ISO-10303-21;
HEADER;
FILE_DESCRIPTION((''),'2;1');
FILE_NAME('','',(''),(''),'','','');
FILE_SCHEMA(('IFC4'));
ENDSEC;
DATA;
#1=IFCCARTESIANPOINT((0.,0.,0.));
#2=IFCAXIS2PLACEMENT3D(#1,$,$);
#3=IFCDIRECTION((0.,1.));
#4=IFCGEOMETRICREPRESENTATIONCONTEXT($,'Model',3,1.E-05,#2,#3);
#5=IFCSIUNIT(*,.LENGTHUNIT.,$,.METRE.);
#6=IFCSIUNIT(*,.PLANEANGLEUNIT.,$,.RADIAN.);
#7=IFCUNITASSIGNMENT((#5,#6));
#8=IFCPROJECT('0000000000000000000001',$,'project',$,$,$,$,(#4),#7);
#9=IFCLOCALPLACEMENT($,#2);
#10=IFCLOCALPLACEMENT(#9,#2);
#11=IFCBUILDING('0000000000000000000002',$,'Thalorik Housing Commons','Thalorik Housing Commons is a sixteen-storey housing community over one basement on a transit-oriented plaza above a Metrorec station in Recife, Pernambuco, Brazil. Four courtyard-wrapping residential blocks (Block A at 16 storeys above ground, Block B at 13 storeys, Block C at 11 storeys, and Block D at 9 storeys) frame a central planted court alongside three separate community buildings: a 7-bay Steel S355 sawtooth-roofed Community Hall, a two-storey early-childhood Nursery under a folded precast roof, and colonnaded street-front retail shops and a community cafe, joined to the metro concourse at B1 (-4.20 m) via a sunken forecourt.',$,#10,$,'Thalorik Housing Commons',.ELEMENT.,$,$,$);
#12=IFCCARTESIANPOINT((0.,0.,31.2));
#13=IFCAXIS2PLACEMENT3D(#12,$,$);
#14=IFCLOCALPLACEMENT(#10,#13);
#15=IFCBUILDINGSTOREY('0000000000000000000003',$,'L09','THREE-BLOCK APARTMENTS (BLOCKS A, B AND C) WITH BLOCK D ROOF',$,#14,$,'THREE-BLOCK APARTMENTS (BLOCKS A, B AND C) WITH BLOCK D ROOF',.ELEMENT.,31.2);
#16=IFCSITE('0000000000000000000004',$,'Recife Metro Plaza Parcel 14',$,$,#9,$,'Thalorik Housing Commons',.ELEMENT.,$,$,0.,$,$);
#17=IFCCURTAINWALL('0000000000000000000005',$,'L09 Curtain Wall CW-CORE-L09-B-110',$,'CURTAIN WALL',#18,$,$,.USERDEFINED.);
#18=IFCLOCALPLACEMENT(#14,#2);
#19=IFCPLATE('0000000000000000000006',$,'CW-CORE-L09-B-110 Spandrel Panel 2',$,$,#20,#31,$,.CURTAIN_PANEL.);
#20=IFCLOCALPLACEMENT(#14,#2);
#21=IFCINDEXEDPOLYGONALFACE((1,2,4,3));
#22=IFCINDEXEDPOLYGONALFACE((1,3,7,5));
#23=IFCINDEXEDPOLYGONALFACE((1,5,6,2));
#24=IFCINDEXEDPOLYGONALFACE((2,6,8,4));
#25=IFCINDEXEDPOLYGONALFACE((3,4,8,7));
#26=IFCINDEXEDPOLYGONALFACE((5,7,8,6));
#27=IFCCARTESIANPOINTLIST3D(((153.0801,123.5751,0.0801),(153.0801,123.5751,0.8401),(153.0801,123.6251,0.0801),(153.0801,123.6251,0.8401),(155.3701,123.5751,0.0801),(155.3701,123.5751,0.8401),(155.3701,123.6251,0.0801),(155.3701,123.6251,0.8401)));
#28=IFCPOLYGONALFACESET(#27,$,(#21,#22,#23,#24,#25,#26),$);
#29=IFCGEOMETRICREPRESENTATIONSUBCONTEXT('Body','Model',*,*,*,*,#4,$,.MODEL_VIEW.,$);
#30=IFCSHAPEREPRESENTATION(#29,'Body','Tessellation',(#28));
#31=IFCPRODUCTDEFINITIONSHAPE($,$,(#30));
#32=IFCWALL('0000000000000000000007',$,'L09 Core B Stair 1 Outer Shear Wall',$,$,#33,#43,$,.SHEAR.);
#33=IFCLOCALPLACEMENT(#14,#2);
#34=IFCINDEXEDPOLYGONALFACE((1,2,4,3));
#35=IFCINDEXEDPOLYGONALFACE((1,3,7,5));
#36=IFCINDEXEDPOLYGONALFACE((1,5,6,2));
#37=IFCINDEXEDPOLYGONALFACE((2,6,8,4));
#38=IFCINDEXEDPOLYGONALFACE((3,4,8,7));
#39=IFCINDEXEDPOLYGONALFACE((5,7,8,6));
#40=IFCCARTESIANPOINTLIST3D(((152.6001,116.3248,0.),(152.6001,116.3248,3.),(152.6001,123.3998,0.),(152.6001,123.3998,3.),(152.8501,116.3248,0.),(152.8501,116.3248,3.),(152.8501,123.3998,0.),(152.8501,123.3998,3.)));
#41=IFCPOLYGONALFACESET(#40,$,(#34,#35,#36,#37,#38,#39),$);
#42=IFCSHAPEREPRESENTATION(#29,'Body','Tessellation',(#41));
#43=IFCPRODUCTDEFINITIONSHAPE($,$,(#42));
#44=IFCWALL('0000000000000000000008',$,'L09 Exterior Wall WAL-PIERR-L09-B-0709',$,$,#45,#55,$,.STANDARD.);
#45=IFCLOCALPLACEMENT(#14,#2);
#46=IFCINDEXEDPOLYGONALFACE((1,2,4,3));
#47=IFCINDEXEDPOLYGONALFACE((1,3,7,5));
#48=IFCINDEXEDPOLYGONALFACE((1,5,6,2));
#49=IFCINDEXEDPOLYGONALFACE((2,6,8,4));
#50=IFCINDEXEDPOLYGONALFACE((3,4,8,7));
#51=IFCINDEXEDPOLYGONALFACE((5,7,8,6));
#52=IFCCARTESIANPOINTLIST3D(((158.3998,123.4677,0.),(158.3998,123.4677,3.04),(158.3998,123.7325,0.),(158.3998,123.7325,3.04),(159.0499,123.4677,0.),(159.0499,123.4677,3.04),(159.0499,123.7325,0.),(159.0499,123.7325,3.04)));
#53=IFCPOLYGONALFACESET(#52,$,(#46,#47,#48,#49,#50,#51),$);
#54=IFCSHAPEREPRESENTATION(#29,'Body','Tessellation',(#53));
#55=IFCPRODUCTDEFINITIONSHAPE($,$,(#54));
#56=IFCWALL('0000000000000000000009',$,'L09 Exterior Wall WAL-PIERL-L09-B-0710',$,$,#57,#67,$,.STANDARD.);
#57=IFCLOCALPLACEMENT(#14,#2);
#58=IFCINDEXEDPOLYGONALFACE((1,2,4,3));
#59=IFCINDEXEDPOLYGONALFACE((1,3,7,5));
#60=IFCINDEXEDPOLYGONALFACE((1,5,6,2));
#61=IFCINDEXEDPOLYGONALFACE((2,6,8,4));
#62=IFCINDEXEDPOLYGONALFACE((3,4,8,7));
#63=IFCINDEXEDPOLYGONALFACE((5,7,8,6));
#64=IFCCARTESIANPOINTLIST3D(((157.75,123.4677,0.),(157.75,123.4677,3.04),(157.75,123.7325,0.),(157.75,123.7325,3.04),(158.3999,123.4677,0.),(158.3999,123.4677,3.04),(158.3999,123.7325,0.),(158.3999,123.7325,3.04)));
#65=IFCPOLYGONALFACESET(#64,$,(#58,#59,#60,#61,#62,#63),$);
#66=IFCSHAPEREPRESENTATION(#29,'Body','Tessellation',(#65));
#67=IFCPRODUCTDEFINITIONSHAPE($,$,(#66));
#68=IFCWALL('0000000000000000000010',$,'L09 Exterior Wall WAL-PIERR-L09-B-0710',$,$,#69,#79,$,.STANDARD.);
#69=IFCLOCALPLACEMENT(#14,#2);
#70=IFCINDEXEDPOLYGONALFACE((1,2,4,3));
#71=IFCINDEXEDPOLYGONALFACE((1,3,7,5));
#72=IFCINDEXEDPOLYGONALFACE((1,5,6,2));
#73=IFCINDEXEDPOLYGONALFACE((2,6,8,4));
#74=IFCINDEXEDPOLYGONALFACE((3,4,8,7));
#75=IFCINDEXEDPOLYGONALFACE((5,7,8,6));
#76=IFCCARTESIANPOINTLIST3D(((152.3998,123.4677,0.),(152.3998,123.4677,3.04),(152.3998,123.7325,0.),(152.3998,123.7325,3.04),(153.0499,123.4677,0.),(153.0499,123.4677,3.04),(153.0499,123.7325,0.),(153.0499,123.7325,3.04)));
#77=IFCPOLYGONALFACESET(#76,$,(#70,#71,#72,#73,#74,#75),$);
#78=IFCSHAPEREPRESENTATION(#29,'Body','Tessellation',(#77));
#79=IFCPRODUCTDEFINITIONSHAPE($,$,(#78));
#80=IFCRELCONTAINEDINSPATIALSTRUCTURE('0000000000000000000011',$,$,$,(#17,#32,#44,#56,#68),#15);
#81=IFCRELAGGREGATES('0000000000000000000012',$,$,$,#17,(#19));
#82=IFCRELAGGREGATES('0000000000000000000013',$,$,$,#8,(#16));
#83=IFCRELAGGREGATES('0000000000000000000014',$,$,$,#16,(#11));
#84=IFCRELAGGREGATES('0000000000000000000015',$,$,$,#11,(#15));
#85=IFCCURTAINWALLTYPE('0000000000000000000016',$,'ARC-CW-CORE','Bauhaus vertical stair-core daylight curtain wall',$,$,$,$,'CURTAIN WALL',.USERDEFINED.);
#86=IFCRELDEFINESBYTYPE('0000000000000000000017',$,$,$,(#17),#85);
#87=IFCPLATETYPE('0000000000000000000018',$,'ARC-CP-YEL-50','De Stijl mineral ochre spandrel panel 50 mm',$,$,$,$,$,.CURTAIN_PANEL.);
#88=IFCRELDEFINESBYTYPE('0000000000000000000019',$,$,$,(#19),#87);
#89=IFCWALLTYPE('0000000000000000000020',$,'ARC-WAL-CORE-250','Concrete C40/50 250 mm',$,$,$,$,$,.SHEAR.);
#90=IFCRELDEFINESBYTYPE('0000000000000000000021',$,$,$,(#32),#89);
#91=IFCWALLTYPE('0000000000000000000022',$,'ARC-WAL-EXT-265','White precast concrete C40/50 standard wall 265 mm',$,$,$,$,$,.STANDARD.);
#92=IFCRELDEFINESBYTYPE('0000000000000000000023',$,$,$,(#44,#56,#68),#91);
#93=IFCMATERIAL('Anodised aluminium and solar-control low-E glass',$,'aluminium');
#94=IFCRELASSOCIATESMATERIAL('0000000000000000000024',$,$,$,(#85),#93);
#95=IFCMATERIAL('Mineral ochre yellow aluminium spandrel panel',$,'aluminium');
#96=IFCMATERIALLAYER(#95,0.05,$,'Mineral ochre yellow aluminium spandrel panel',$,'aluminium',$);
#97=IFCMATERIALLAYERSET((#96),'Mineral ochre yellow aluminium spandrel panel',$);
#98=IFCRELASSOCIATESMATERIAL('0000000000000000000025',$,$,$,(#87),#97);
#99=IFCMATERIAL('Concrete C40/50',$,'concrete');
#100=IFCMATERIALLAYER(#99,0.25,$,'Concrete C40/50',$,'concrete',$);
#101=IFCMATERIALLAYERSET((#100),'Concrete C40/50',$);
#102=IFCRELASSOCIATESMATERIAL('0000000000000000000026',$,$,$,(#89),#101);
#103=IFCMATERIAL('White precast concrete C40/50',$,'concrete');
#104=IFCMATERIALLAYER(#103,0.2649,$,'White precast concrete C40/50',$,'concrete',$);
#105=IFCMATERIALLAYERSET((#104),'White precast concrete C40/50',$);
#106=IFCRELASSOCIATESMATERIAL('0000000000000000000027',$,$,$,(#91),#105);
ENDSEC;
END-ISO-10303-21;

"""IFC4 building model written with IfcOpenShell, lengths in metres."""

from ifc_helpers import new_model, si_unit, direction, frame, frame_2d, origin, origin_2d, place, context, subcontext, project, spatial, rectangle, extrude, material, layer, layer_set, type_object, element, aggregate, save


model = new_model("IFC4")

# Units and contexts
model_context = context("Model", 3, precision=1e-05, world=origin(), true_north=direction((0.0, 1.0)))
body_context = subcontext(model_context, "Body", "Model", "MODEL_VIEW")
ifc_project = project(units=[si_unit("LENGTHUNIT", "METRE"), si_unit("PLANEANGLEUNIT", "RADIAN")], contexts=[model_context])

# Site, building, storey
site_placement = place(None, origin())
site = spatial("IfcSite", under=ifc_project, at=site_placement, Name="Recife Metro Plaza Parcel 14", LongName="Thalorik Housing Commons", CompositionType="ELEMENT", RefElevation=0.0)
building_placement = place(site_placement, origin())
building = spatial("IfcBuilding", under=site, at=building_placement, Name="Thalorik Housing Commons", Description="Thalorik Housing Commons is a sixteen-storey housing community over one basement on a transit-oriented plaza above a Metrorec station in Recife, Pernambuco, Brazil. Four courtyard-wrapping residential blocks (Block A at 16 storeys above ground, Block B at 13 storeys, Block C at 11 storeys, and Block D at 9 storeys) frame a central planted court alongside three separate community buildings: a 7-bay Steel S355 sawtooth-roofed Community Hall, a two-storey early-childhood Nursery under a folded precast roof, and colonnaded street-front retail shops and a community cafe, joined to the metro concourse at B1 (-4.20 m) via a sunken forecourt.", LongName="Thalorik Housing Commons", CompositionType="ELEMENT")
storey_placement = place(building_placement, frame((0.0, 0.0, 31.2)))
storey = spatial("IfcBuildingStorey", under=building, at=storey_placement, Name="L09", Description="THREE-BLOCK APARTMENTS (BLOCKS A, B AND C) WITH BLOCK D ROOF", LongName="THREE-BLOCK APARTMENTS (BLOCKS A, B AND C) WITH BLOCK D ROOF", CompositionType="ELEMENT", Elevation=31.2)

# Curtain wall
ifc_material_1 = material(Name="Anodised aluminium and solar-control low-E glass", Category="aluminium")
curtain_wall_type = type_object("IfcCurtainWallType", Name="ARC-CW-CORE", Description="Bauhaus vertical stair-core daylight curtain wall", ElementType="CURTAIN WALL", PredefinedType="USERDEFINED", material=ifc_material_1)
curtain_wall_1_placement = place(storey_placement, origin())
curtain_wall_1 = element("IfcCurtainWall", 1, at=curtain_wall_1_placement, inside=storey, type_object=curtain_wall_type, Name="L09 Curtain Wall CW-CORE-L09-B-110", ObjectType="CURTAIN WALL", PredefinedType="USERDEFINED")

# Plate
ifc_material_2 = material(Name="Mineral ochre yellow aluminium spandrel panel", Category="aluminium")
ifc_layer_1 = layer(ifc_material_2, 0.05, Name="Mineral ochre yellow aluminium spandrel panel", Category="aluminium")
ifc_layer_set_1 = layer_set([ifc_layer_1], Name="Mineral ochre yellow aluminium spandrel panel")
plate_type_1 = type_object("IfcPlateType", Name="ARC-CP-YEL-50", Description="De Stijl mineral ochre spandrel panel 50 mm", PredefinedType="CURTAIN_PANEL", material=ifc_layer_set_1)
plate_1_placement = place(storey_placement, frame((154.2251, 123.6001, 0.0801), z_axis=(0.0, 0.0, 1.0), x_axis=(-1.0, 0.0, 0.0)))
plate_1 = element("IfcPlate", 2, at=plate_1_placement, type_object=plate_type_1, Name="CW-CORE-L09-B-110 Spandrel Panel 2", PredefinedType="CURTAIN_PANEL", context=body_context, shape_type="SweptSolid", body=[
    extrude(rectangle(XDim=2.29, YDim=0.05, at=origin_2d()), origin(), (0.0, 0.0, 1.0), 0.76),
])
aggregate(curtain_wall_1, [plate_1])

# Walls
ifc_material_3 = material(Name="Concrete C40/50", Category="concrete")
ifc_layer_2 = layer(ifc_material_3, 0.25, Name="Concrete C40/50", Category="concrete")
ifc_layer_set_2 = layer_set([ifc_layer_2], Name="Concrete C40/50")
wall_type_1 = type_object("IfcWallType", Name="ARC-WAL-CORE-250", Description="Concrete C40/50 250 mm", PredefinedType="SHEAR", material=ifc_layer_set_2)
wall_1_placement = place(storey_placement, frame((152.7251, 123.3999, 0.0), z_axis=(0.0, 0.0, 1.0), x_axis=(0.0, -1.0, 0.0)))
element("IfcWall", 3, at=wall_1_placement, inside=storey, type_object=wall_type_1, Name="L09 Core B Stair 1 Outer Shear Wall", PredefinedType="SHEAR", context=body_context, shape_type="SweptSolid", body=[
    extrude(rectangle(XDim=7.075, YDim=0.25, at=frame_2d((3.5376, 0.0))), origin(), (0.0, 0.0, 1.0), 3.0),
])
ifc_material_4 = material(Name="White precast concrete C40/50", Category="concrete")
ifc_layer_3 = layer(ifc_material_4, 0.2649, Name="White precast concrete C40/50", Category="concrete")
ifc_layer_set_3 = layer_set([ifc_layer_3], Name="White precast concrete C40/50")
wall_type_2 = type_object("IfcWallType", Name="ARC-WAL-EXT-265", Description="White precast concrete C40/50 standard wall 265 mm", PredefinedType="STANDARD", material=ifc_layer_set_3)
wall_2_placement = place(storey_placement, frame((159.05, 123.6001, 0.0), z_axis=(0.0, 0.0, 1.0), x_axis=(-1.0, 0.0, 0.0)))
element("IfcWall", 4, at=wall_2_placement, inside=storey, type_object=wall_type_2, Name="L09 Exterior Wall WAL-PIERR-L09-B-0709", PredefinedType="STANDARD", context=body_context, shape_type="SweptSolid", body=[
    extrude(rectangle(XDim=0.6501, YDim=0.2649, at=frame_2d((0.3252, 0.0))), origin(), (0.0, 0.0, 1.0), 3.04),
])
wall_3_placement = place(storey_placement, frame((158.3999, 123.6001, 0.0), z_axis=(0.0, 0.0, 1.0), x_axis=(-1.0, 0.0, 0.0)))
element("IfcWall", 5, at=wall_3_placement, inside=storey, type_object=wall_type_2, Name="L09 Exterior Wall WAL-PIERL-L09-B-0710", PredefinedType="STANDARD", context=body_context, shape_type="SweptSolid", body=[
    extrude(rectangle(XDim=0.6499, YDim=0.2649, at=frame_2d((0.325, 0.0))), origin(), (0.0, 0.0, 1.0), 3.04),
])
wall_4_placement = place(storey_placement, frame((153.05, 123.6001, 0.0), z_axis=(0.0, 0.0, 1.0), x_axis=(-1.0, 0.0, 0.0)))
element("IfcWall", 6, at=wall_4_placement, inside=storey, type_object=wall_type_2, Name="L09 Exterior Wall WAL-PIERR-L09-B-0710", PredefinedType="STANDARD", context=body_context, shape_type="SweptSolid", body=[
    extrude(rectangle(XDim=0.6501, YDim=0.2649, at=frame_2d((0.3252, 0.0))), origin(), (0.0, 0.0, 1.0), 3.04),
])

save(model, "model.ifc")
